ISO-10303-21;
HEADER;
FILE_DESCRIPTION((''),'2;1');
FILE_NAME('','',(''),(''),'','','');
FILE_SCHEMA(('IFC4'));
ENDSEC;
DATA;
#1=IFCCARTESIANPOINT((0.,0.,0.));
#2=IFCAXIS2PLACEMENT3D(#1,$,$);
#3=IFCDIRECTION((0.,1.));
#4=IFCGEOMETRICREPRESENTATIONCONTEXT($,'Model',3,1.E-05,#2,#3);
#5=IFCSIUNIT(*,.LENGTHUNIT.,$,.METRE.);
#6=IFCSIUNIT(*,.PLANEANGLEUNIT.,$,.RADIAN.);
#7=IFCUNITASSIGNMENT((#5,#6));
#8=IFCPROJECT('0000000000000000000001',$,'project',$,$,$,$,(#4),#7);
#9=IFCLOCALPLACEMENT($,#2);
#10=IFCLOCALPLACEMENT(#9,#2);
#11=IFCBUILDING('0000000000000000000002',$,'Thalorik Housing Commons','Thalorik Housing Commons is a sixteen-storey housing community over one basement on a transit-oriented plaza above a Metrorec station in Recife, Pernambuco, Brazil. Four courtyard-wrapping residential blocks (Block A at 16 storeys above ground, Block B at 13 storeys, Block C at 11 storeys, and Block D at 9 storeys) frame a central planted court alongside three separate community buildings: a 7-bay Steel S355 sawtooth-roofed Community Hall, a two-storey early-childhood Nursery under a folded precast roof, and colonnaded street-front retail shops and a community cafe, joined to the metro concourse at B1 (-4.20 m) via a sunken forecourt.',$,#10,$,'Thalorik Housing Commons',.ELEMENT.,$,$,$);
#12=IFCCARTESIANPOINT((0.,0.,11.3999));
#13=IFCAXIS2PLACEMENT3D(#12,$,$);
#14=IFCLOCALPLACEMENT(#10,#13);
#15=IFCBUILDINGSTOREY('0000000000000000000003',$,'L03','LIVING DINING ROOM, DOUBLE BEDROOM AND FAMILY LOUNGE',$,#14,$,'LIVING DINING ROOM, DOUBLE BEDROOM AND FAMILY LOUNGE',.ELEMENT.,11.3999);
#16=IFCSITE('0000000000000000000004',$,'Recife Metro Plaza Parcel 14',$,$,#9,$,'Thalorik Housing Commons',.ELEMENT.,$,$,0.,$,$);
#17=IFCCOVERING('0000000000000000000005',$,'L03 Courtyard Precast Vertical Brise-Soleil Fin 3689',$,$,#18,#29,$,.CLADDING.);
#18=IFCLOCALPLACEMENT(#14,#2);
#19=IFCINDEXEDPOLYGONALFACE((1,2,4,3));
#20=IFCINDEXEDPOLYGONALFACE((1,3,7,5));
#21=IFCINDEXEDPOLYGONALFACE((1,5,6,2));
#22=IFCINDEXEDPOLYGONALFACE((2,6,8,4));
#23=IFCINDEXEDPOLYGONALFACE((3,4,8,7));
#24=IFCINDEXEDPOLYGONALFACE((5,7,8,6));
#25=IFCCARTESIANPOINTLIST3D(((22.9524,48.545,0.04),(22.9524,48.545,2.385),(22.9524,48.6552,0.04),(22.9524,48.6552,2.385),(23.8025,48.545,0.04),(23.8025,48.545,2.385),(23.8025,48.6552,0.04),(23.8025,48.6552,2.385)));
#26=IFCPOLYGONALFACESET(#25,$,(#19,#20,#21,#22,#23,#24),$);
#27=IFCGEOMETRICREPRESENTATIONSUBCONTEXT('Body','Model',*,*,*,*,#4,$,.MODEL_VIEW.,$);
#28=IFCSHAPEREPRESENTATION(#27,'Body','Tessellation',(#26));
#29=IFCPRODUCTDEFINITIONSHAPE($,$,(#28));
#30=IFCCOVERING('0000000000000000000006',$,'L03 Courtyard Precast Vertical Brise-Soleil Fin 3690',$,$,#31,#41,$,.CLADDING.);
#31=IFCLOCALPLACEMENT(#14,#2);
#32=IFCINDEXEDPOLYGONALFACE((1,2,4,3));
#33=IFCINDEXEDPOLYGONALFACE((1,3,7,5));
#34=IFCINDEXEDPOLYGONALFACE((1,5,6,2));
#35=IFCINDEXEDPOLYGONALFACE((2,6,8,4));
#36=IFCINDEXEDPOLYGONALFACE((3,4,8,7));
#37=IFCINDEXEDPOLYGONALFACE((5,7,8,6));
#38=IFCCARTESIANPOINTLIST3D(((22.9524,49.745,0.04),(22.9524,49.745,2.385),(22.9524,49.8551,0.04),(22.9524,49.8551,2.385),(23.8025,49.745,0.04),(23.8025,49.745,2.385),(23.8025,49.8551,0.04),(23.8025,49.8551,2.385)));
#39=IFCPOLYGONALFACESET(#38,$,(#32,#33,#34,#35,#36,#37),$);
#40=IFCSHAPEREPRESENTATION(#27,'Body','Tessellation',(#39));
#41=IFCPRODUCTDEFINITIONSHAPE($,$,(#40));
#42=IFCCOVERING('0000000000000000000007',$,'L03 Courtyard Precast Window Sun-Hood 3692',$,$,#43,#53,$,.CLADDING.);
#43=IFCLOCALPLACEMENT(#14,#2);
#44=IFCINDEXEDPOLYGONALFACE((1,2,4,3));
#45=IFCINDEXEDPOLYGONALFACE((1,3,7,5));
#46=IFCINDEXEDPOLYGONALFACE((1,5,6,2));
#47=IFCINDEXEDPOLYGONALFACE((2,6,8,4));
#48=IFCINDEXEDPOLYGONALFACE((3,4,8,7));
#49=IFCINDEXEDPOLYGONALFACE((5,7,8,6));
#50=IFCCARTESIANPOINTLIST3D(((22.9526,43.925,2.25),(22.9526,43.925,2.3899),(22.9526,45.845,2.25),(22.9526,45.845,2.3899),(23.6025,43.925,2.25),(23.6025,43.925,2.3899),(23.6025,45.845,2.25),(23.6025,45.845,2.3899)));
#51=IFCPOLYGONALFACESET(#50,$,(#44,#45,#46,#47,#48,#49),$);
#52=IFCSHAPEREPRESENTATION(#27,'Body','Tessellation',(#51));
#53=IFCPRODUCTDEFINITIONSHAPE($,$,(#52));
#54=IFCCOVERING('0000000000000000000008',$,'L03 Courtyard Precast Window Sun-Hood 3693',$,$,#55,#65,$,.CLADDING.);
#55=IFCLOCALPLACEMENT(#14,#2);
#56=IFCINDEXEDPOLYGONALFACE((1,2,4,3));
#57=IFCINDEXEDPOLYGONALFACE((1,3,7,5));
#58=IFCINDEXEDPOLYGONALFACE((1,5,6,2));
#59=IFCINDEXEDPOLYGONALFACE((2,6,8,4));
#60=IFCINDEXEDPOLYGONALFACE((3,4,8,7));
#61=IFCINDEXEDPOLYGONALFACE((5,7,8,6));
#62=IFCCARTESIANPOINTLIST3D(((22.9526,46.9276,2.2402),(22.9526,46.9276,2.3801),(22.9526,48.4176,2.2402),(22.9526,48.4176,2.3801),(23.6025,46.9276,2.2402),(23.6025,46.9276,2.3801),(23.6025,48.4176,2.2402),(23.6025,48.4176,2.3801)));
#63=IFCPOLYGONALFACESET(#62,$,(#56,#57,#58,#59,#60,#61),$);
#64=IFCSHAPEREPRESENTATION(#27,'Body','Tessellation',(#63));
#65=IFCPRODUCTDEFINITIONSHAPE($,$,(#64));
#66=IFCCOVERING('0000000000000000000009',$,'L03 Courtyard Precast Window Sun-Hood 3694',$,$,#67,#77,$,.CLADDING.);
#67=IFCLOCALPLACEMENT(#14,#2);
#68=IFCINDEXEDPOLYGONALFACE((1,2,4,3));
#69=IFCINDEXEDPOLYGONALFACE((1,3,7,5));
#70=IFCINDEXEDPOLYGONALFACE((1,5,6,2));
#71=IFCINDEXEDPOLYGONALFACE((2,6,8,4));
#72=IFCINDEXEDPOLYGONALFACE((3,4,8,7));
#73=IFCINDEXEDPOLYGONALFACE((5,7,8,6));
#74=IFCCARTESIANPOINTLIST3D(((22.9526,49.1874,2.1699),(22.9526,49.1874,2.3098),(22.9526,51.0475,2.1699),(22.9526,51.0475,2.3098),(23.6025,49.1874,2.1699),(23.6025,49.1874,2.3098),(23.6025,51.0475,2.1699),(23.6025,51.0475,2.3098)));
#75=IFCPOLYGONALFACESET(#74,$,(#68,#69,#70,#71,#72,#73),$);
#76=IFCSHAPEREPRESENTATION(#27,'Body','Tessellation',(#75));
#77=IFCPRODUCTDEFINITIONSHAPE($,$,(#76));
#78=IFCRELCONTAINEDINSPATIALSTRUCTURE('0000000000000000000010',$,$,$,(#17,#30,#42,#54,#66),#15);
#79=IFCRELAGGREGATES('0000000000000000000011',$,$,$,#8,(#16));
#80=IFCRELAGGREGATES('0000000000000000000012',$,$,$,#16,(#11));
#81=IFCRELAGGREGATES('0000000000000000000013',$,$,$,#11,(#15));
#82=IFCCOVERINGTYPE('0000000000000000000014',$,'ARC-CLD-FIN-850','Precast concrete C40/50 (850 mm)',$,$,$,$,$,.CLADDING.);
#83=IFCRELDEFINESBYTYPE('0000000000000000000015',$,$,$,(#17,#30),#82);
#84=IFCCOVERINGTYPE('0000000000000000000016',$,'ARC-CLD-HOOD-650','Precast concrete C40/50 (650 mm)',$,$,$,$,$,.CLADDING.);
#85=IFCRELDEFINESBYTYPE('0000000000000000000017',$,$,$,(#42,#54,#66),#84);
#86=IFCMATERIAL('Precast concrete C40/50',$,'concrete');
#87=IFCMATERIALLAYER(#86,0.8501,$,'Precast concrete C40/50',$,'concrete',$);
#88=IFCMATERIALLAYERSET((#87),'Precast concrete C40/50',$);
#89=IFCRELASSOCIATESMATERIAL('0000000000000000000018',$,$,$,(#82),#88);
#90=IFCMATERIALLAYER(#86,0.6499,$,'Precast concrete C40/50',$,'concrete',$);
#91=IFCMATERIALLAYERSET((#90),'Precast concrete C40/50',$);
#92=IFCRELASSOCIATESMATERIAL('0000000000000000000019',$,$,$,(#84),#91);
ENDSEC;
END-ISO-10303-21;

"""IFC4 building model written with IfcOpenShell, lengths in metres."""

from ifc_helpers import new_model, si_unit, direction, frame, origin, origin_2d, place, context, subcontext, project, spatial, rectangle, extrude, material, layer, layer_set, type_object, element, save


model = new_model("IFC4")

# Units and contexts
model_context = context("Model", 3, precision=1e-05, world=origin(), true_north=direction((0.0, 1.0)))
body_context = subcontext(model_context, "Body", "Model", "MODEL_VIEW")
ifc_project = project(units=[si_unit("LENGTHUNIT", "METRE"), si_unit("PLANEANGLEUNIT", "RADIAN")], contexts=[model_context])

# Site, building, storey
site_placement = place(None, origin())
site = spatial("IfcSite", under=ifc_project, at=site_placement, Name="Recife Metro Plaza Parcel 14", LongName="Thalorik Housing Commons", CompositionType="ELEMENT", RefElevation=0.0)
building_placement = place(site_placement, origin())
building = spatial("IfcBuilding", under=site, at=building_placement, Name="Thalorik Housing Commons", Description="Thalorik Housing Commons is a sixteen-storey housing community over one basement on a transit-oriented plaza above a Metrorec station in Recife, Pernambuco, Brazil. Four courtyard-wrapping residential blocks (Block A at 16 storeys above ground, Block B at 13 storeys, Block C at 11 storeys, and Block D at 9 storeys) frame a central planted court alongside three separate community buildings: a 7-bay Steel S355 sawtooth-roofed Community Hall, a two-storey early-childhood Nursery under a folded precast roof, and colonnaded street-front retail shops and a community cafe, joined to the metro concourse at B1 (-4.20 m) via a sunken forecourt.", LongName="Thalorik Housing Commons", CompositionType="ELEMENT")
storey_placement = place(building_placement, frame((0.0, 0.0, 11.3999)))
storey = spatial("IfcBuildingStorey", under=building, at=storey_placement, Name="L03", Description="LIVING DINING ROOM, DOUBLE BEDROOM AND FAMILY LOUNGE", LongName="LIVING DINING ROOM, DOUBLE BEDROOM AND FAMILY LOUNGE", CompositionType="ELEMENT", Elevation=11.3999)

# Shared definitions
ifc_material_1 = material(Name="Precast concrete C40/50", Category="concrete")

# Coverings
ifc_layer_1 = layer(ifc_material_1, 0.8501, Name="Precast concrete C40/50", Category="concrete")
ifc_layer_set_1 = layer_set([ifc_layer_1], Name="Precast concrete C40/50")
covering_type_1 = type_object("IfcCoveringType", Name="ARC-CLD-FIN-850", Description="Precast concrete C40/50 (850 mm)", PredefinedType="CLADDING", material=ifc_layer_set_1)
for number, where, z_axis, x_axis, name in (
    (1, (23.3774, 48.6001, 0.04), (0.0, 0.0, 1.0), (0.0, 1.0, 0.0), "L03 Courtyard Precast Vertical Brise-Soleil Fin 3689"),
    (2, (23.3774, 49.8, 0.04), (0.0, 0.0, 1.0), (0.0, 1.0, 0.0), "L03 Courtyard Precast Vertical Brise-Soleil Fin 3690"),
):
    element("IfcCovering", number, at=place(storey_placement, frame(where, z_axis=z_axis, x_axis=x_axis)), inside=storey, type_object=covering_type_1, Name=name, PredefinedType="CLADDING", context=body_context, shape_type="SweptSolid", body=[
        extrude(rectangle(XDim=0.1101, YDim=0.8501, at=origin_2d()), origin(), (0.0, 0.0, 1.0), 2.345),
    ])
ifc_layer_2 = layer(ifc_material_1, 0.6499, Name="Precast concrete C40/50", Category="concrete")
ifc_layer_set_2 = layer_set([ifc_layer_2], Name="Precast concrete C40/50")
covering_type_2 = type_object("IfcCoveringType", Name="ARC-CLD-HOOD-650", Description="Precast concrete C40/50 (650 mm)", PredefinedType="CLADDING", material=ifc_layer_set_2)
covering_1_placement = place(storey_placement, frame((23.2776, 44.885, 2.25), z_axis=(0.0, 0.0, 1.0), x_axis=(0.0, 1.0, 0.0)))
element("IfcCovering", 3, at=covering_1_placement, inside=storey, type_object=covering_type_2, Name="L03 Courtyard Precast Window Sun-Hood 3692", PredefinedType="CLADDING", context=body_context, shape_type="SweptSolid", body=[
    extrude(rectangle(XDim=1.9199, YDim=0.6499, at=origin_2d()), origin(), (0.0, 0.0, 1.0), 0.1399),
])
covering_2_placement = place(storey_placement, frame((23.2776, 47.6726, 2.2402), z_axis=(0.0, 0.0, 1.0), x_axis=(0.0, 1.0, 0.0)))
element("IfcCovering", 4, at=covering_2_placement, inside=storey, type_object=covering_type_2, Name="L03 Courtyard Precast Window Sun-Hood 3693", PredefinedType="CLADDING", context=body_context, shape_type="SweptSolid", body=[
    extrude(rectangle(XDim=1.49, YDim=0.6499, at=origin_2d()), origin(), (0.0, 0.0, 1.0), 0.1399),
])
covering_3_placement = place(storey_placement, frame((23.2776, 50.1174, 2.1699), z_axis=(0.0, 0.0, 1.0), x_axis=(0.0, 1.0, 0.0)))
element("IfcCovering", 5, at=covering_3_placement, inside=storey, type_object=covering_type_2, Name="L03 Courtyard Precast Window Sun-Hood 3694", PredefinedType="CLADDING", context=body_context, shape_type="SweptSolid", body=[
    extrude(rectangle(XDim=1.8601, YDim=0.6499, at=origin_2d()), origin(), (0.0, 0.0, 1.0), 0.1399),
])

save(model, "model.ifc")
